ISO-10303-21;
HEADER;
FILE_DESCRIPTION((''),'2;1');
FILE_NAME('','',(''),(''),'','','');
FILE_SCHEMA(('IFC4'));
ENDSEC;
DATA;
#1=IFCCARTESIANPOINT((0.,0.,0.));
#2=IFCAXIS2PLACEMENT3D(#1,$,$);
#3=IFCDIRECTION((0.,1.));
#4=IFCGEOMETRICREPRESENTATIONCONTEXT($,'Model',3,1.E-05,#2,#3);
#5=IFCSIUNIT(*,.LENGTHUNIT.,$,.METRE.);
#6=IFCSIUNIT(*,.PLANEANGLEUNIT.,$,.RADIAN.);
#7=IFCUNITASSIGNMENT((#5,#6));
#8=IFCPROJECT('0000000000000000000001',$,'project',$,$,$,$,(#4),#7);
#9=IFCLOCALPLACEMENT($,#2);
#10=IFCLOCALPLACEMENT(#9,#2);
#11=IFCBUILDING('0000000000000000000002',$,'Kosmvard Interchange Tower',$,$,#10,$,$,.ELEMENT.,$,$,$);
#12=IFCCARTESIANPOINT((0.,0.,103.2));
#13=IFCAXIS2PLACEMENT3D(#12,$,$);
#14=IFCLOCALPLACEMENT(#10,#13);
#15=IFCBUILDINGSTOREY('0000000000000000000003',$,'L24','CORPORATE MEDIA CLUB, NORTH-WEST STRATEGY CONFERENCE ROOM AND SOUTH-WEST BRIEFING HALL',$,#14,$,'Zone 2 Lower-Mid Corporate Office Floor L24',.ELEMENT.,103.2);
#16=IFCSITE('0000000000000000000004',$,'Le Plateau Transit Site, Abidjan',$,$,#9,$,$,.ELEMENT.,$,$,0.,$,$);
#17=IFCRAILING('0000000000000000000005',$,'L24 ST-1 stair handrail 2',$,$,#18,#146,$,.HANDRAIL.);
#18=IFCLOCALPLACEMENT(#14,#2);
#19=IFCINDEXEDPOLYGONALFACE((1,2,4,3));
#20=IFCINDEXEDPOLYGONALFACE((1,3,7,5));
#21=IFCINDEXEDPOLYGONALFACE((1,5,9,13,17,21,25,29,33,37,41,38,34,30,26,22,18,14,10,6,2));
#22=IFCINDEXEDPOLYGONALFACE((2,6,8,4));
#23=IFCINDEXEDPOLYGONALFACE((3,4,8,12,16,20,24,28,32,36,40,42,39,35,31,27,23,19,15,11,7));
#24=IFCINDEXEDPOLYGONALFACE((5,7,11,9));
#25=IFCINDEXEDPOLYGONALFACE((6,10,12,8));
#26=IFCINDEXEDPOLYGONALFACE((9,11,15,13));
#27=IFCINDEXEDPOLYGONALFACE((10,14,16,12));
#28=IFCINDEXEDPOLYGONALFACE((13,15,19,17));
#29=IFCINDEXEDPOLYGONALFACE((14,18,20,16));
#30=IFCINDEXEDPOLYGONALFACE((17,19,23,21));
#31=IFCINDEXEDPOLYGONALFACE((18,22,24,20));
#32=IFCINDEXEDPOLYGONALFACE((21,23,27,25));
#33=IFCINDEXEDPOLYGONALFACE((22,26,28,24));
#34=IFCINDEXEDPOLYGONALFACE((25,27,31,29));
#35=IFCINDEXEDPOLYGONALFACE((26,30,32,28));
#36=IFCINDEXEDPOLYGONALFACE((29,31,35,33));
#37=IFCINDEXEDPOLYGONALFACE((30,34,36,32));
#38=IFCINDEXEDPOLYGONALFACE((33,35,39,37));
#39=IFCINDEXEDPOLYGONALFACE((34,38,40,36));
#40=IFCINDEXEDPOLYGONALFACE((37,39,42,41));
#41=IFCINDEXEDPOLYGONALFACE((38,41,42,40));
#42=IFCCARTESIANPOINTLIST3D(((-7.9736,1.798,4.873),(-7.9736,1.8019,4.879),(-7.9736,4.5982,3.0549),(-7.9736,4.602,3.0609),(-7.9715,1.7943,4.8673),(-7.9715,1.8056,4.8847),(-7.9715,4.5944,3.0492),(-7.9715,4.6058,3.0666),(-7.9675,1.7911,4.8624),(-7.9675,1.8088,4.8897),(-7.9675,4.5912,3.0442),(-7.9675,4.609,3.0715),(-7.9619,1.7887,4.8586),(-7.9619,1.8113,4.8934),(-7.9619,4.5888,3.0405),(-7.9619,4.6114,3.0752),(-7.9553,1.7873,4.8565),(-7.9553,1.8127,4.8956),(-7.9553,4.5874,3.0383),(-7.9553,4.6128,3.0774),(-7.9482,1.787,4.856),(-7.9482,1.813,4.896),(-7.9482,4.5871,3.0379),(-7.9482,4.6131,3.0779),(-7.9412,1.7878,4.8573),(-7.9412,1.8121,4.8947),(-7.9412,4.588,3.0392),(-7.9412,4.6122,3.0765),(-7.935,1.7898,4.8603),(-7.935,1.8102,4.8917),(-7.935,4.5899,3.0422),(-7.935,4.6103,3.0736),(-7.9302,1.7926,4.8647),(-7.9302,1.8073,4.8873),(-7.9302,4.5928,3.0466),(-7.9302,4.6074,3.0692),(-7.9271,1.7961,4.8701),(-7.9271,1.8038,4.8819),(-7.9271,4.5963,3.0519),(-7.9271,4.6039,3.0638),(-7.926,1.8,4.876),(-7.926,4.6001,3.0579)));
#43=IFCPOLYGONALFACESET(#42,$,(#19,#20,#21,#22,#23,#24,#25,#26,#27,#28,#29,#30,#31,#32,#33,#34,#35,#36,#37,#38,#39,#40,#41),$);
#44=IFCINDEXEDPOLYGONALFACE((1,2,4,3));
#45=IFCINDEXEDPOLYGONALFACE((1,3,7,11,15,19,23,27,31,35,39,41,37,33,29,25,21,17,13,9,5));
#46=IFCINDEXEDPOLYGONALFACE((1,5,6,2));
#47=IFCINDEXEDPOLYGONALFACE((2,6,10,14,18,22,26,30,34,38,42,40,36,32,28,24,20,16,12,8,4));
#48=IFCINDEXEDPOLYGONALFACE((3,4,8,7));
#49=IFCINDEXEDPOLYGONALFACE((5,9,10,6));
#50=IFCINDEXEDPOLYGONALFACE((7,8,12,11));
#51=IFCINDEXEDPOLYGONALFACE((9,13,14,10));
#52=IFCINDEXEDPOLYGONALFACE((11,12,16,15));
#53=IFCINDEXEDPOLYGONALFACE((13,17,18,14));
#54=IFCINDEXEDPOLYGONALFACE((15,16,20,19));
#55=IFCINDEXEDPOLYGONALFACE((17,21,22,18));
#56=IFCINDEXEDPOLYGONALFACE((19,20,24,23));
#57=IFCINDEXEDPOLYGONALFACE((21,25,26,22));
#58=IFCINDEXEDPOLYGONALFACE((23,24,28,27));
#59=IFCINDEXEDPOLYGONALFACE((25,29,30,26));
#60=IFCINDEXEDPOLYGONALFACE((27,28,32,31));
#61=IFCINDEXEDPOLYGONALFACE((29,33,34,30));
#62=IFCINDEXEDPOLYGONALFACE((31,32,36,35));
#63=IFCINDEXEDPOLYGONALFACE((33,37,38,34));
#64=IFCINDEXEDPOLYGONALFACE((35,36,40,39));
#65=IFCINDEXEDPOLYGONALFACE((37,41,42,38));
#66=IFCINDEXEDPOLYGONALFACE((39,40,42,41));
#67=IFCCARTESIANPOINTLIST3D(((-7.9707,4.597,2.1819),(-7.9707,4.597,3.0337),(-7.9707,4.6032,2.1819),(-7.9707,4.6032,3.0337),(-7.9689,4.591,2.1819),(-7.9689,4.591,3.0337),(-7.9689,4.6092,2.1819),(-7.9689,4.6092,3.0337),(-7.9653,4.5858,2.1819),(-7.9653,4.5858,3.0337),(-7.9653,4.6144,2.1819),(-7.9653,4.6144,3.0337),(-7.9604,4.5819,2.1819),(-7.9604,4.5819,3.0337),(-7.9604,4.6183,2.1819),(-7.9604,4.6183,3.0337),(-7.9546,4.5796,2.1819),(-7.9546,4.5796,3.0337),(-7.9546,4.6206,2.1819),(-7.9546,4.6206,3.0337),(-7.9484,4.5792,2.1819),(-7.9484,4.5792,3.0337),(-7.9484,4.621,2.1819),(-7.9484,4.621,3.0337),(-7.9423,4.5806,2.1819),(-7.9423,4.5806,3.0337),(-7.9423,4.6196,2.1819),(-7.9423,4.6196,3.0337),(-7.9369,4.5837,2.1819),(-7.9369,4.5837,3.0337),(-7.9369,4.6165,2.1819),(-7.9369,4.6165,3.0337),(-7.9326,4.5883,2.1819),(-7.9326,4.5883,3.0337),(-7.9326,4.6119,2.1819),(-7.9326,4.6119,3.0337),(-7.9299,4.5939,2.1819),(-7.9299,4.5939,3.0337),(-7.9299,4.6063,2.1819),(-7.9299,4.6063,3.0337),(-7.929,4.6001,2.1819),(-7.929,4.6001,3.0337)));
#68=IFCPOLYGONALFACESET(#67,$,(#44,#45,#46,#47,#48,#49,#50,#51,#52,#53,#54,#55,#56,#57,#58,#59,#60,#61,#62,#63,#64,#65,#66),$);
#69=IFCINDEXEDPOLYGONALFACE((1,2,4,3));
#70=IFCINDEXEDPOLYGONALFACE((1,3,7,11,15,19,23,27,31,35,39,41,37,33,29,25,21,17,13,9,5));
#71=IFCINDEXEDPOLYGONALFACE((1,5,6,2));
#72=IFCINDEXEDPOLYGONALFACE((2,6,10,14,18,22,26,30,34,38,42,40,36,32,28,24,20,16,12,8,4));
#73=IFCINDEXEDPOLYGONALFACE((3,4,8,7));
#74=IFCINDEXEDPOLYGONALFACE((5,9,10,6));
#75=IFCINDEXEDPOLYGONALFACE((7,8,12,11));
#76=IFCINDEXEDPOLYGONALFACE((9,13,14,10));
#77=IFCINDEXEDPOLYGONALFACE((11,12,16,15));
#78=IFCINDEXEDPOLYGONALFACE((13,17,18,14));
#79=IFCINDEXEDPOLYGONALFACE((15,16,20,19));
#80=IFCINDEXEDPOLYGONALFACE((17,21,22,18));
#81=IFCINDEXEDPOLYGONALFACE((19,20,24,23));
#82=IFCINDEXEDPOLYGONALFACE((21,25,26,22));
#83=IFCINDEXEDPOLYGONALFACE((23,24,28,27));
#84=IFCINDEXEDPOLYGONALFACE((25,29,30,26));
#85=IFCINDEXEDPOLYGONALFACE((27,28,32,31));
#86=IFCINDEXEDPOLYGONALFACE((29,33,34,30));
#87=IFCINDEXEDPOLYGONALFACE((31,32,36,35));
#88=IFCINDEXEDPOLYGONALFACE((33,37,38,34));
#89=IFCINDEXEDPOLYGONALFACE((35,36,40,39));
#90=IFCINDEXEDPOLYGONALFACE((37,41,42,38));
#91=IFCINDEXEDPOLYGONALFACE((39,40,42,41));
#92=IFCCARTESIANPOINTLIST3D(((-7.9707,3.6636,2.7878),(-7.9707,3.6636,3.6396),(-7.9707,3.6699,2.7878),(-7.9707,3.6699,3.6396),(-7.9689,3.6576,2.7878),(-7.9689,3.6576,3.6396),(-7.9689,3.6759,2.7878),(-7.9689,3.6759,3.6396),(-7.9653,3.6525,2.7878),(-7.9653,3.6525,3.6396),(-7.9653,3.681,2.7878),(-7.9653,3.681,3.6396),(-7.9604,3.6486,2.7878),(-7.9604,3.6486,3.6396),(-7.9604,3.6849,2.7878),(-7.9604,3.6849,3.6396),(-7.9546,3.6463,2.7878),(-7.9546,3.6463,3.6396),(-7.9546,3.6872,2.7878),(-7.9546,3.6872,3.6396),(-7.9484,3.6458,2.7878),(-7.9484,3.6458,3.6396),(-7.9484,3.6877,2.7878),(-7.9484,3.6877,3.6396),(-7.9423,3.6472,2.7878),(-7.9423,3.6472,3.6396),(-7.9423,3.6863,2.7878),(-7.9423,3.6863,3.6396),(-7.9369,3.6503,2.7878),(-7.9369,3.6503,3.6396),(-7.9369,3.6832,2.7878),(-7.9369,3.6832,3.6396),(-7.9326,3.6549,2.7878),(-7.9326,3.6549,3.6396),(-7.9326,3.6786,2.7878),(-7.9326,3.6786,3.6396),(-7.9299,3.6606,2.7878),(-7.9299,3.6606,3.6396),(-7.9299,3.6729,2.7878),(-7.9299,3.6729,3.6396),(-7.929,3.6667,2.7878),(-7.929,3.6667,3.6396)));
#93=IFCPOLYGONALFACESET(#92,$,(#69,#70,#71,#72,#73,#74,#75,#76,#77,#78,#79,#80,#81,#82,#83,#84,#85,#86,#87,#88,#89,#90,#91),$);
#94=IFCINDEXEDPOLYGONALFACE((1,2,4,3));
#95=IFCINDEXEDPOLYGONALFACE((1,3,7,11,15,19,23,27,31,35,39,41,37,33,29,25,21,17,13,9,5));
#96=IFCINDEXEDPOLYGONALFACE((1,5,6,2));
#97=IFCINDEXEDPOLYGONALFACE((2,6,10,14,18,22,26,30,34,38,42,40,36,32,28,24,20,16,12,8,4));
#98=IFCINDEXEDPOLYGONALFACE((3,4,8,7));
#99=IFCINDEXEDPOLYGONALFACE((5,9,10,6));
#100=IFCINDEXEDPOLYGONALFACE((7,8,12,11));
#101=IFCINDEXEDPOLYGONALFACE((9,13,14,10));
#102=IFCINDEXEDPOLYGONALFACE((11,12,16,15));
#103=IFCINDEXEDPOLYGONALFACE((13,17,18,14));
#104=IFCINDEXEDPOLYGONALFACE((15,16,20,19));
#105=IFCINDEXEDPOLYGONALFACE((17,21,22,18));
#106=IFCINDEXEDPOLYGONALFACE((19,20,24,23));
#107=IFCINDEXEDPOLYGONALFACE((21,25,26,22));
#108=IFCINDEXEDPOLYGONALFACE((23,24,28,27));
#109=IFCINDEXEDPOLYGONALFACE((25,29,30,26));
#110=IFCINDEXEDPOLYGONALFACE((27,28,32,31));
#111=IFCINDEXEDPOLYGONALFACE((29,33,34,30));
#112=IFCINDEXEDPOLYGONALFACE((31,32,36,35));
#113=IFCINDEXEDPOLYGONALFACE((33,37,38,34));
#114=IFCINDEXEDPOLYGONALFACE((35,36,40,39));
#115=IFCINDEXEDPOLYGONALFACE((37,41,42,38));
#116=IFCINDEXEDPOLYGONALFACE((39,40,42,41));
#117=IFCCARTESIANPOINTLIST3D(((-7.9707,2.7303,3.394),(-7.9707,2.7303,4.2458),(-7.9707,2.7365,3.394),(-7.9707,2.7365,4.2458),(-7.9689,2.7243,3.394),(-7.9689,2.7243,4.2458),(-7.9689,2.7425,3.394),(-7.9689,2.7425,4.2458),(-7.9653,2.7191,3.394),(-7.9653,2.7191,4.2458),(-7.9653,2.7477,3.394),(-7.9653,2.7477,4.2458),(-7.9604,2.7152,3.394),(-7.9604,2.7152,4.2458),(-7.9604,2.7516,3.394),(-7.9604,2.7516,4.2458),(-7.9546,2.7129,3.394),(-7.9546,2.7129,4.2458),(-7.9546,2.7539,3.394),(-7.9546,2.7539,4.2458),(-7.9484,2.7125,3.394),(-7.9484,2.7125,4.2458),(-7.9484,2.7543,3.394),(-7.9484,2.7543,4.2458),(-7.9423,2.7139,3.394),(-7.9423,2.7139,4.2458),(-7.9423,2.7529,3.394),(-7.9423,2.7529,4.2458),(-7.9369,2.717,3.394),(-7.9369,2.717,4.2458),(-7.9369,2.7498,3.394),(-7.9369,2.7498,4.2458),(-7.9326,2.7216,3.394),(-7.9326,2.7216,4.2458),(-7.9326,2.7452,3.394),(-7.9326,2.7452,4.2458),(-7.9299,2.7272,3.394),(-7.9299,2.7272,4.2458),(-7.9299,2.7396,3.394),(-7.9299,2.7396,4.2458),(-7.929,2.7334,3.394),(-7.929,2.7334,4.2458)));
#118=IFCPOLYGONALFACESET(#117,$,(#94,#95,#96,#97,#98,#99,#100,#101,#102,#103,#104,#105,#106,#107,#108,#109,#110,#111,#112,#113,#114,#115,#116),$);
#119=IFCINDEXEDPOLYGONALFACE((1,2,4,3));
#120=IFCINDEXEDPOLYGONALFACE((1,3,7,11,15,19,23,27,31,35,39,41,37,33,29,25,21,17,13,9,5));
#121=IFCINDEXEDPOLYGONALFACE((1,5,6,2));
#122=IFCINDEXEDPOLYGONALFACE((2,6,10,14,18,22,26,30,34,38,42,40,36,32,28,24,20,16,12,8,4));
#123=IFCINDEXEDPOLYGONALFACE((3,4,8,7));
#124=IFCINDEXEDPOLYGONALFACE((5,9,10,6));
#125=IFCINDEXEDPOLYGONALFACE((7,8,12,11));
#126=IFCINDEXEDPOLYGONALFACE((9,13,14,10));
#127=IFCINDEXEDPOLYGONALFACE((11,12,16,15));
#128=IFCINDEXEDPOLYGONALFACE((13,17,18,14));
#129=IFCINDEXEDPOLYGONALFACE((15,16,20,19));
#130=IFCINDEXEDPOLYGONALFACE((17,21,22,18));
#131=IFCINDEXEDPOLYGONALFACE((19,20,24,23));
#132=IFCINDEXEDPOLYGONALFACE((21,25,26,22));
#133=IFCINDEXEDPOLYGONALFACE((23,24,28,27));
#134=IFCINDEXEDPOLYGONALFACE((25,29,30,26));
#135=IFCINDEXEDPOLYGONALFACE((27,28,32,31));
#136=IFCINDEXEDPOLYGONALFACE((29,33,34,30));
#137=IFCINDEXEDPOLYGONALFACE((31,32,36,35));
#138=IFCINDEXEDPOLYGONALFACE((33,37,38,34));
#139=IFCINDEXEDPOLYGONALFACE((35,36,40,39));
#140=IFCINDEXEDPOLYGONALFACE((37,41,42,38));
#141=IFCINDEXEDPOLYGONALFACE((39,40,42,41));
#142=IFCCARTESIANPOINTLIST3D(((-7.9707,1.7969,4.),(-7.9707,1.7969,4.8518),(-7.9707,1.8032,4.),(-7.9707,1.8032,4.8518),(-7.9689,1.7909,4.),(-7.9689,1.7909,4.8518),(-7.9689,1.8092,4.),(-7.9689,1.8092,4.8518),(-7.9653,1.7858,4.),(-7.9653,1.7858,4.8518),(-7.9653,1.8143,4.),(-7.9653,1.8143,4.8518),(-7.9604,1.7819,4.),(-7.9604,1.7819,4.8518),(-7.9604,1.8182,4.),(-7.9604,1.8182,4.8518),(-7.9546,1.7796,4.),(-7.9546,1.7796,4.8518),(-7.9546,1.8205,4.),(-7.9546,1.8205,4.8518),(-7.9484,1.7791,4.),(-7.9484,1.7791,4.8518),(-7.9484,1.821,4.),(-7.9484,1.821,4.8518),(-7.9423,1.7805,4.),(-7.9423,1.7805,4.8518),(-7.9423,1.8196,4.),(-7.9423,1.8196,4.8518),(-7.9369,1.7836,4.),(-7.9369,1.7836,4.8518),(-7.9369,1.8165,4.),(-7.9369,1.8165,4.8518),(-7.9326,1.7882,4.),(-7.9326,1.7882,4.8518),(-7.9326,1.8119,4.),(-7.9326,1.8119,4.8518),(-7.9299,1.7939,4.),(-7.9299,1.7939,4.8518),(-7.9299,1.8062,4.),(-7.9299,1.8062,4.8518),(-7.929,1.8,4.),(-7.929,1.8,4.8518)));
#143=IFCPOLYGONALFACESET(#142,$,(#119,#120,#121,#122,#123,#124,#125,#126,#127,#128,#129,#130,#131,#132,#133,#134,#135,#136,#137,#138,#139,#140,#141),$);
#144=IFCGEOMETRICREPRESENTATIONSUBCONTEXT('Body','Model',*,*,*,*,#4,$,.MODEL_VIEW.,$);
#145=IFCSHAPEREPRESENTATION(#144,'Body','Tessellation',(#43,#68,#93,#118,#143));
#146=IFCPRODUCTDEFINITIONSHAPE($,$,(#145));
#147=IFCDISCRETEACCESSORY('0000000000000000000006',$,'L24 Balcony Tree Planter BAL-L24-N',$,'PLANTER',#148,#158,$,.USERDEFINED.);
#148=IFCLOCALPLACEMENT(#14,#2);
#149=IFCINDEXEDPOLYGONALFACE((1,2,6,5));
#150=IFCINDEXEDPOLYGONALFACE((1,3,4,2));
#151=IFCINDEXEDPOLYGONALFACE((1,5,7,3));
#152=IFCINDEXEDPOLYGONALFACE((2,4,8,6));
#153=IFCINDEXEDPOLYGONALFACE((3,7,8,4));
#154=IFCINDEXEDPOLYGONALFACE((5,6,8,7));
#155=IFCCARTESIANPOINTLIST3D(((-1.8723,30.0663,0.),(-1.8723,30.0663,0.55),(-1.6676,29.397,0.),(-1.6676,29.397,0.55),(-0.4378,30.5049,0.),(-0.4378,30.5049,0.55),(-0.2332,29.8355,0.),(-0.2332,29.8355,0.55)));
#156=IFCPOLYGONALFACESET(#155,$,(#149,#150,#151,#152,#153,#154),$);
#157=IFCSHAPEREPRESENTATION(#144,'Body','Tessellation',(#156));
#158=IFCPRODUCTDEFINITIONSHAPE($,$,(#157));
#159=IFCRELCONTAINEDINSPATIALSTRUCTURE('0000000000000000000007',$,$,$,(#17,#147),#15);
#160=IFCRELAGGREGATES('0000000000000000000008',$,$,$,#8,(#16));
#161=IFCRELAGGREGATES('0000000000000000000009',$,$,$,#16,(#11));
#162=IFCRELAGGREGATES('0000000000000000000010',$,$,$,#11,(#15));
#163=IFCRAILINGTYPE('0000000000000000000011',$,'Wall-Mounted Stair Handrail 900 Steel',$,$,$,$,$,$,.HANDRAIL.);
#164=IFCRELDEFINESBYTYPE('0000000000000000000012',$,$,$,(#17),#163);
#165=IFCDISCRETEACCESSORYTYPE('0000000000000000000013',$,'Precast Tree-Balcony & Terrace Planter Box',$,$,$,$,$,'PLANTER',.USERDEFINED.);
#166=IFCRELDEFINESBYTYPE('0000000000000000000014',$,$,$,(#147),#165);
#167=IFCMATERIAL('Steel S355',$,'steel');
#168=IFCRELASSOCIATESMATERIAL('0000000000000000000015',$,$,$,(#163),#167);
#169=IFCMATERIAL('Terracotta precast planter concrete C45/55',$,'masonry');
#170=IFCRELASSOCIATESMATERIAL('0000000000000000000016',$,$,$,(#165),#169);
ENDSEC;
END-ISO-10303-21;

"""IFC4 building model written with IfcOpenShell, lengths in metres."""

from ifc_helpers import new_model, si_unit, direction, frame, origin, origin_2d, place, context, subcontext, project, spatial, rectangle, circle, extrude, source, transform, mapped, material, type_object, element, save


model = new_model("IFC4")

# Units and contexts
model_context = context("Model", 3, precision=1e-05, world=origin(), true_north=direction((0.0, 1.0)))
body_context = subcontext(model_context, "Body", "Model", "MODEL_VIEW")
ifc_project = project(units=[si_unit("LENGTHUNIT", "METRE"), si_unit("PLANEANGLEUNIT", "RADIAN")], contexts=[model_context])

# Site, building, storey
site_placement = place(None, origin())
site = spatial("IfcSite", under=ifc_project, at=site_placement, Name="Le Plateau Transit Site, Abidjan", CompositionType="ELEMENT", RefElevation=0.0)
building_placement = place(site_placement, origin())
building = spatial("IfcBuilding", under=site, at=building_placement, Name="Kosmvard Interchange Tower", CompositionType="ELEMENT")
storey_placement = place(building_placement, frame((0.0, 0.0, 103.2)))
storey = spatial("IfcBuildingStorey", under=building, at=storey_placement, Name="L24", Description="CORPORATE MEDIA CLUB, NORTH-WEST STRATEGY CONFERENCE ROOM AND SOUTH-WEST BRIEFING HALL", LongName="Zone 2 Lower-Mid Corporate Office Floor L24", CompositionType="ELEMENT", Elevation=103.2)

# Shared definitions
ifc_material_1 = material(Name="Steel S355", Category="steel")

# Railing
railing_type_1 = type_object("IfcRailingType", Name="Wall-Mounted Stair Handrail 900 Steel", PredefinedType="HANDRAIL", material=ifc_material_1)
shared_shape_1 = source(origin(), body_context, "Body", "SweptSolid", [
    extrude(circle(Radius=0.0239, at=origin_2d()), frame((0.0, 0.0, 0.876), z_axis=(0.0, -0.838706, 0.544585), x_axis=(1.0, 0.0, 0.0)), (0.0, 0.0, 1.0), 3.3386),
    extrude(circle(Radius=0.021, at=origin_2d()), origin(), (0.0, 0.0, 1.0), 0.8518),
    extrude(circle(Radius=0.021, at=origin_2d()), frame((0.0, -0.9333, 0.606)), (0.0, 0.0, 1.0), 0.8518),
    extrude(circle(Radius=0.021, at=origin_2d()), frame((0.0, -1.8667, 1.2122)), (0.0, 0.0, 1.0), 0.8518),
    extrude(circle(Radius=0.021, at=origin_2d()), frame((0.0, -2.8, 1.8181)), (0.0, 0.0, 1.0), 0.8518),
])
railing_1_placement = place(storey_placement, frame((-7.95, 4.6001, 2.1819)))
element("IfcRailing", 1, at=railing_1_placement, inside=storey, type_object=railing_type_1, Name="L24 ST-1 stair handrail 2", PredefinedType="HANDRAIL", context=body_context, shape_type="MappedRepresentation", body=[
    mapped(shared_shape_1, transform((0.0, 0.0, 0.0), scale=1.0)),
])

# Discrete accessory
ifc_material_2 = material(Name="Terracotta precast planter concrete C45/55", Category="masonry")
discrete_accessory_type = type_object("IfcDiscreteAccessoryType", Name="Precast Tree-Balcony & Terrace Planter Box", ElementType="PLANTER", PredefinedType="USERDEFINED", material=ifc_material_2)
shared_shape_2 = source(origin(), body_context, "Body", "SweptSolid", [
    extrude(rectangle(XDim=1.5, YDim=0.7, at=origin_2d()), origin(), (0.0, 0.0, 1.0), 0.55),
])
discrete_accessory_placement = place(storey_placement, frame((-1.0527, 29.9509, 0.0), z_axis=(0.0, 0.0, 1.0), x_axis=(0.956305, 0.292372, 0.0)))
element("IfcDiscreteAccessory", 2, at=discrete_accessory_placement, inside=storey, type_object=discrete_accessory_type, Name="L24 Balcony Tree Planter BAL-L24-N", ObjectType="PLANTER", PredefinedType="USERDEFINED", context=body_context, shape_type="MappedRepresentation", body=[
    mapped(shared_shape_2, transform((0.0, 0.0, 0.0), scale=1.0)),
])

save(model, "model.ifc")
